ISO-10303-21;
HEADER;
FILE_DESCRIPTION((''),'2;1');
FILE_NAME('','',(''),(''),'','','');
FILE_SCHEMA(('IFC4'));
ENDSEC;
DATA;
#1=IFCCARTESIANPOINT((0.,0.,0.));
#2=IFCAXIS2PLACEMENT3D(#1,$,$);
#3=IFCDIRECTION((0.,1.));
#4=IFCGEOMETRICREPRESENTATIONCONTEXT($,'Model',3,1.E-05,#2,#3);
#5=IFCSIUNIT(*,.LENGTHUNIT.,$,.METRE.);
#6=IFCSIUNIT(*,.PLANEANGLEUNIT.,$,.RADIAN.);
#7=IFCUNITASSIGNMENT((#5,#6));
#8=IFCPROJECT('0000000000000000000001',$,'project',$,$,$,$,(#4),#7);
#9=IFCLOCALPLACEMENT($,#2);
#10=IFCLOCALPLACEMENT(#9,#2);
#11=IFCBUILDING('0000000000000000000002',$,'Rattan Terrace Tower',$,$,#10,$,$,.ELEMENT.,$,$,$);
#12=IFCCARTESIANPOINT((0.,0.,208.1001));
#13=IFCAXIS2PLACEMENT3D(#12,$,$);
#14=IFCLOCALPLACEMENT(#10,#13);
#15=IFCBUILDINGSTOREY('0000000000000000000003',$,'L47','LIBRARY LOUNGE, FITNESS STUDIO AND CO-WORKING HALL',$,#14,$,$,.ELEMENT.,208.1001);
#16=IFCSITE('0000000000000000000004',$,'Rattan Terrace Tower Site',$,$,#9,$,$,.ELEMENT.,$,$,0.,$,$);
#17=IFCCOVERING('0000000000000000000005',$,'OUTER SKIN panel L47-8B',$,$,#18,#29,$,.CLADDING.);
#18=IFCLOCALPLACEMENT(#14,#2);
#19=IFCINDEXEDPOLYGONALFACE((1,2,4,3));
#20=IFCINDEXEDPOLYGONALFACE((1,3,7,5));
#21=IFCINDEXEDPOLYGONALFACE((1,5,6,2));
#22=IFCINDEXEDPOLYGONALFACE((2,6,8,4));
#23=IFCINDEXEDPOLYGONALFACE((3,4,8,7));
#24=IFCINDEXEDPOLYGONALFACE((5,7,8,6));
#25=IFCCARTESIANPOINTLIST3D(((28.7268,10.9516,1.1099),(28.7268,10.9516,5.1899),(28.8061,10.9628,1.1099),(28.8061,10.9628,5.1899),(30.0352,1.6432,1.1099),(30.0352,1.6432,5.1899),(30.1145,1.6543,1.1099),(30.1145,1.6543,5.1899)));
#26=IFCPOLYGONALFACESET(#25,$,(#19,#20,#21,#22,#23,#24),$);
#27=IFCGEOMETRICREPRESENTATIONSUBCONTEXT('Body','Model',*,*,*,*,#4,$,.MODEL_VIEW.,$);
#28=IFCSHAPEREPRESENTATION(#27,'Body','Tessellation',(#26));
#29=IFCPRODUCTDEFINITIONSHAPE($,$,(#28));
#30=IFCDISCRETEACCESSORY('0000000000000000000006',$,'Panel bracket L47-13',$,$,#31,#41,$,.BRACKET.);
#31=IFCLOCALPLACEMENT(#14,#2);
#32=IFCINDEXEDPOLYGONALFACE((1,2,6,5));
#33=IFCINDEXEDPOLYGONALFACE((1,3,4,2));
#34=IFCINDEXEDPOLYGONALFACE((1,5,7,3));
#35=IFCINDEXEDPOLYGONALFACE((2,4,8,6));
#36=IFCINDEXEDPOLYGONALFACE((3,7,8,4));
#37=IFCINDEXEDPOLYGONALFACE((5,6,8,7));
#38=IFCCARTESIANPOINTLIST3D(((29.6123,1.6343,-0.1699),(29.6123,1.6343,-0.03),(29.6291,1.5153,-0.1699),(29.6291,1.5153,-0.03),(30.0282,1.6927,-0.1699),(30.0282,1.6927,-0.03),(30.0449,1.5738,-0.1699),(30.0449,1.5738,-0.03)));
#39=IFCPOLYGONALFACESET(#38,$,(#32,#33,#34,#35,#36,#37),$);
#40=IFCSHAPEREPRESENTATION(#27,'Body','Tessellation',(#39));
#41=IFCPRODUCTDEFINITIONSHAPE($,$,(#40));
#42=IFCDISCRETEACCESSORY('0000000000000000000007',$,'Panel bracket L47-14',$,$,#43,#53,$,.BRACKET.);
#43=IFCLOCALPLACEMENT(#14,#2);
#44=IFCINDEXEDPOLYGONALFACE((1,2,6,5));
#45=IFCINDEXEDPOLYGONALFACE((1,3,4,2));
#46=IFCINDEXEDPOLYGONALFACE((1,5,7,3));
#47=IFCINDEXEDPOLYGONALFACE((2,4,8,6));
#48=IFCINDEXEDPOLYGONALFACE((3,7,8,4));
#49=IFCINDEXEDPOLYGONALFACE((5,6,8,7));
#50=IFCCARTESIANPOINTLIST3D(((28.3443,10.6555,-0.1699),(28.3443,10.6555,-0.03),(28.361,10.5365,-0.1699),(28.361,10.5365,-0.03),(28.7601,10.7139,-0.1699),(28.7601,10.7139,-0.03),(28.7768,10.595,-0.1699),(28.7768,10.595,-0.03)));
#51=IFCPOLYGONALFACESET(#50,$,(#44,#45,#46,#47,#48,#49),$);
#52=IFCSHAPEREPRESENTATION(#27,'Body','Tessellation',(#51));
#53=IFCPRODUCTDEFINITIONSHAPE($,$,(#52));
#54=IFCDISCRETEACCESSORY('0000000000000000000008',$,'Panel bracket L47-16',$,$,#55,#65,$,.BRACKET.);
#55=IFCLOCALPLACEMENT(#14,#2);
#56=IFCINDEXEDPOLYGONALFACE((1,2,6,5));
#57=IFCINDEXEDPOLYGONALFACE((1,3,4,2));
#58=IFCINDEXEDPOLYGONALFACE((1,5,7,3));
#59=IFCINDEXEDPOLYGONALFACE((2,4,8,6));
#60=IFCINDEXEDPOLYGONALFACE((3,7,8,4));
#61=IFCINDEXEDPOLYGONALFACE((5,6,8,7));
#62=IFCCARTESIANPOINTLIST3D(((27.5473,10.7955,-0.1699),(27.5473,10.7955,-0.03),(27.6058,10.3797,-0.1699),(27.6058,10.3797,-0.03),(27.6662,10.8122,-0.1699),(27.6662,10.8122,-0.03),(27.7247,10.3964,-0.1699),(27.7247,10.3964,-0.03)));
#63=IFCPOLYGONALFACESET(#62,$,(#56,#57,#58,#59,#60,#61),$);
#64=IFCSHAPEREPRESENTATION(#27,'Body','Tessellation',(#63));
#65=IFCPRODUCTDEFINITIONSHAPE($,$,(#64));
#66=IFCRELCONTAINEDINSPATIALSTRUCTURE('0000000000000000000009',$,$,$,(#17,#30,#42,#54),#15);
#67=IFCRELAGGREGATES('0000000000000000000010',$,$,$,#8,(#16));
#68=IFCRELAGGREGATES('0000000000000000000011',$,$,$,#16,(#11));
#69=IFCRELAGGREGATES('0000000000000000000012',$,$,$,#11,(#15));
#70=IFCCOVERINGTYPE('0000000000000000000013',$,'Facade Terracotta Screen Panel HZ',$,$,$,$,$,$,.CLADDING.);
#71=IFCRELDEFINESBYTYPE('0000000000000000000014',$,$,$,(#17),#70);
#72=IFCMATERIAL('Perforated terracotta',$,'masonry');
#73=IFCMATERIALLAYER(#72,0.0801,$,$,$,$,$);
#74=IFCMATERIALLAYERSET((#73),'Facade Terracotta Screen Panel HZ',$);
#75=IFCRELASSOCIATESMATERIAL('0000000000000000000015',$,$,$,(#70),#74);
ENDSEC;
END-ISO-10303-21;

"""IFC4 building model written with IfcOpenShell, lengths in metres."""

from ifc_helpers import new_model, si_unit, direction, frame, origin, origin_2d, place, context, subcontext, project, spatial, rectangle, extrude, material, layer, layer_set, type_object, element, save


model = new_model("IFC4")

# Units and contexts
model_context = context("Model", 3, precision=1e-05, world=origin(), true_north=direction((0.0, 1.0)))
body_context = subcontext(model_context, "Body", "Model", "MODEL_VIEW")
ifc_project = project(units=[si_unit("LENGTHUNIT", "METRE"), si_unit("PLANEANGLEUNIT", "RADIAN")], contexts=[model_context])

# Site, building, storey
site_placement = place(None, origin())
site = spatial("IfcSite", under=ifc_project, at=site_placement, Name="Rattan Terrace Tower Site", CompositionType="ELEMENT", RefElevation=0.0)
building_placement = place(site_placement, origin())
building = spatial("IfcBuilding", under=site, at=building_placement, Name="Rattan Terrace Tower", CompositionType="ELEMENT")
storey_placement = place(building_placement, frame((0.0, 0.0, 208.1001)))
storey = spatial("IfcBuildingStorey", under=building, at=storey_placement, Name="L47", Description="LIBRARY LOUNGE, FITNESS STUDIO AND CO-WORKING HALL", CompositionType="ELEMENT", Elevation=208.1001)

# Covering
ifc_material_1 = material(Name="Perforated terracotta", Category="masonry")
ifc_layer_1 = layer(ifc_material_1, 0.0801)
ifc_layer_set_1 = layer_set([ifc_layer_1], Name="Facade Terracotta Screen Panel HZ")
covering_type_1 = type_object("IfcCoveringType", Name="Facade Terracotta Screen Panel HZ", PredefinedType="CLADDING", material=ifc_layer_set_1)
covering_1_placement = place(storey_placement, frame((29.4207, 6.303, 1.1099), z_axis=(0.0, 0.0, 1.0), x_axis=(-0.139186, 0.990266, 0.0)))
element("IfcCovering", 1, at=covering_1_placement, inside=storey, type_object=covering_type_1, Name="OUTER SKIN panel L47-8B", PredefinedType="CLADDING", context=body_context, shape_type="SweptSolid", body=[
    extrude(rectangle(XDim=9.3999, YDim=0.0801, at=origin_2d()), origin(), (0.0, 0.0, 1.0), 4.0801),
])

# Discrete accessories
for number, where, z_axis, x_axis, name in (
    (2, (29.8286, 1.604, -0.1699), (0.0, 0.0, 1.0), (-0.139186, 0.990266, 0.0), "Panel bracket L47-13"),
    (3, (28.5605, 10.6252, -0.1699), (0.0, 0.0, 1.0), (-0.139186, 0.990266, 0.0), "Panel bracket L47-14"),
    (4, (27.636, 10.5959, -0.1699), (0.0, 0.0, 1.0), (-0.990241, -0.139367, 0.0), "Panel bracket L47-16"),
):
    element("IfcDiscreteAccessory", number, at=place(storey_placement, frame(where, z_axis=z_axis, x_axis=x_axis)), inside=storey, Name=name, PredefinedType="BRACKET", context=body_context, shape_type="SweptSolid", body=[
        extrude(rectangle(XDim=0.1201, YDim=0.4199, at=origin_2d()), origin(), (0.0, 0.0, 1.0), 0.1399),
    ])

save(model, "model.ifc")
